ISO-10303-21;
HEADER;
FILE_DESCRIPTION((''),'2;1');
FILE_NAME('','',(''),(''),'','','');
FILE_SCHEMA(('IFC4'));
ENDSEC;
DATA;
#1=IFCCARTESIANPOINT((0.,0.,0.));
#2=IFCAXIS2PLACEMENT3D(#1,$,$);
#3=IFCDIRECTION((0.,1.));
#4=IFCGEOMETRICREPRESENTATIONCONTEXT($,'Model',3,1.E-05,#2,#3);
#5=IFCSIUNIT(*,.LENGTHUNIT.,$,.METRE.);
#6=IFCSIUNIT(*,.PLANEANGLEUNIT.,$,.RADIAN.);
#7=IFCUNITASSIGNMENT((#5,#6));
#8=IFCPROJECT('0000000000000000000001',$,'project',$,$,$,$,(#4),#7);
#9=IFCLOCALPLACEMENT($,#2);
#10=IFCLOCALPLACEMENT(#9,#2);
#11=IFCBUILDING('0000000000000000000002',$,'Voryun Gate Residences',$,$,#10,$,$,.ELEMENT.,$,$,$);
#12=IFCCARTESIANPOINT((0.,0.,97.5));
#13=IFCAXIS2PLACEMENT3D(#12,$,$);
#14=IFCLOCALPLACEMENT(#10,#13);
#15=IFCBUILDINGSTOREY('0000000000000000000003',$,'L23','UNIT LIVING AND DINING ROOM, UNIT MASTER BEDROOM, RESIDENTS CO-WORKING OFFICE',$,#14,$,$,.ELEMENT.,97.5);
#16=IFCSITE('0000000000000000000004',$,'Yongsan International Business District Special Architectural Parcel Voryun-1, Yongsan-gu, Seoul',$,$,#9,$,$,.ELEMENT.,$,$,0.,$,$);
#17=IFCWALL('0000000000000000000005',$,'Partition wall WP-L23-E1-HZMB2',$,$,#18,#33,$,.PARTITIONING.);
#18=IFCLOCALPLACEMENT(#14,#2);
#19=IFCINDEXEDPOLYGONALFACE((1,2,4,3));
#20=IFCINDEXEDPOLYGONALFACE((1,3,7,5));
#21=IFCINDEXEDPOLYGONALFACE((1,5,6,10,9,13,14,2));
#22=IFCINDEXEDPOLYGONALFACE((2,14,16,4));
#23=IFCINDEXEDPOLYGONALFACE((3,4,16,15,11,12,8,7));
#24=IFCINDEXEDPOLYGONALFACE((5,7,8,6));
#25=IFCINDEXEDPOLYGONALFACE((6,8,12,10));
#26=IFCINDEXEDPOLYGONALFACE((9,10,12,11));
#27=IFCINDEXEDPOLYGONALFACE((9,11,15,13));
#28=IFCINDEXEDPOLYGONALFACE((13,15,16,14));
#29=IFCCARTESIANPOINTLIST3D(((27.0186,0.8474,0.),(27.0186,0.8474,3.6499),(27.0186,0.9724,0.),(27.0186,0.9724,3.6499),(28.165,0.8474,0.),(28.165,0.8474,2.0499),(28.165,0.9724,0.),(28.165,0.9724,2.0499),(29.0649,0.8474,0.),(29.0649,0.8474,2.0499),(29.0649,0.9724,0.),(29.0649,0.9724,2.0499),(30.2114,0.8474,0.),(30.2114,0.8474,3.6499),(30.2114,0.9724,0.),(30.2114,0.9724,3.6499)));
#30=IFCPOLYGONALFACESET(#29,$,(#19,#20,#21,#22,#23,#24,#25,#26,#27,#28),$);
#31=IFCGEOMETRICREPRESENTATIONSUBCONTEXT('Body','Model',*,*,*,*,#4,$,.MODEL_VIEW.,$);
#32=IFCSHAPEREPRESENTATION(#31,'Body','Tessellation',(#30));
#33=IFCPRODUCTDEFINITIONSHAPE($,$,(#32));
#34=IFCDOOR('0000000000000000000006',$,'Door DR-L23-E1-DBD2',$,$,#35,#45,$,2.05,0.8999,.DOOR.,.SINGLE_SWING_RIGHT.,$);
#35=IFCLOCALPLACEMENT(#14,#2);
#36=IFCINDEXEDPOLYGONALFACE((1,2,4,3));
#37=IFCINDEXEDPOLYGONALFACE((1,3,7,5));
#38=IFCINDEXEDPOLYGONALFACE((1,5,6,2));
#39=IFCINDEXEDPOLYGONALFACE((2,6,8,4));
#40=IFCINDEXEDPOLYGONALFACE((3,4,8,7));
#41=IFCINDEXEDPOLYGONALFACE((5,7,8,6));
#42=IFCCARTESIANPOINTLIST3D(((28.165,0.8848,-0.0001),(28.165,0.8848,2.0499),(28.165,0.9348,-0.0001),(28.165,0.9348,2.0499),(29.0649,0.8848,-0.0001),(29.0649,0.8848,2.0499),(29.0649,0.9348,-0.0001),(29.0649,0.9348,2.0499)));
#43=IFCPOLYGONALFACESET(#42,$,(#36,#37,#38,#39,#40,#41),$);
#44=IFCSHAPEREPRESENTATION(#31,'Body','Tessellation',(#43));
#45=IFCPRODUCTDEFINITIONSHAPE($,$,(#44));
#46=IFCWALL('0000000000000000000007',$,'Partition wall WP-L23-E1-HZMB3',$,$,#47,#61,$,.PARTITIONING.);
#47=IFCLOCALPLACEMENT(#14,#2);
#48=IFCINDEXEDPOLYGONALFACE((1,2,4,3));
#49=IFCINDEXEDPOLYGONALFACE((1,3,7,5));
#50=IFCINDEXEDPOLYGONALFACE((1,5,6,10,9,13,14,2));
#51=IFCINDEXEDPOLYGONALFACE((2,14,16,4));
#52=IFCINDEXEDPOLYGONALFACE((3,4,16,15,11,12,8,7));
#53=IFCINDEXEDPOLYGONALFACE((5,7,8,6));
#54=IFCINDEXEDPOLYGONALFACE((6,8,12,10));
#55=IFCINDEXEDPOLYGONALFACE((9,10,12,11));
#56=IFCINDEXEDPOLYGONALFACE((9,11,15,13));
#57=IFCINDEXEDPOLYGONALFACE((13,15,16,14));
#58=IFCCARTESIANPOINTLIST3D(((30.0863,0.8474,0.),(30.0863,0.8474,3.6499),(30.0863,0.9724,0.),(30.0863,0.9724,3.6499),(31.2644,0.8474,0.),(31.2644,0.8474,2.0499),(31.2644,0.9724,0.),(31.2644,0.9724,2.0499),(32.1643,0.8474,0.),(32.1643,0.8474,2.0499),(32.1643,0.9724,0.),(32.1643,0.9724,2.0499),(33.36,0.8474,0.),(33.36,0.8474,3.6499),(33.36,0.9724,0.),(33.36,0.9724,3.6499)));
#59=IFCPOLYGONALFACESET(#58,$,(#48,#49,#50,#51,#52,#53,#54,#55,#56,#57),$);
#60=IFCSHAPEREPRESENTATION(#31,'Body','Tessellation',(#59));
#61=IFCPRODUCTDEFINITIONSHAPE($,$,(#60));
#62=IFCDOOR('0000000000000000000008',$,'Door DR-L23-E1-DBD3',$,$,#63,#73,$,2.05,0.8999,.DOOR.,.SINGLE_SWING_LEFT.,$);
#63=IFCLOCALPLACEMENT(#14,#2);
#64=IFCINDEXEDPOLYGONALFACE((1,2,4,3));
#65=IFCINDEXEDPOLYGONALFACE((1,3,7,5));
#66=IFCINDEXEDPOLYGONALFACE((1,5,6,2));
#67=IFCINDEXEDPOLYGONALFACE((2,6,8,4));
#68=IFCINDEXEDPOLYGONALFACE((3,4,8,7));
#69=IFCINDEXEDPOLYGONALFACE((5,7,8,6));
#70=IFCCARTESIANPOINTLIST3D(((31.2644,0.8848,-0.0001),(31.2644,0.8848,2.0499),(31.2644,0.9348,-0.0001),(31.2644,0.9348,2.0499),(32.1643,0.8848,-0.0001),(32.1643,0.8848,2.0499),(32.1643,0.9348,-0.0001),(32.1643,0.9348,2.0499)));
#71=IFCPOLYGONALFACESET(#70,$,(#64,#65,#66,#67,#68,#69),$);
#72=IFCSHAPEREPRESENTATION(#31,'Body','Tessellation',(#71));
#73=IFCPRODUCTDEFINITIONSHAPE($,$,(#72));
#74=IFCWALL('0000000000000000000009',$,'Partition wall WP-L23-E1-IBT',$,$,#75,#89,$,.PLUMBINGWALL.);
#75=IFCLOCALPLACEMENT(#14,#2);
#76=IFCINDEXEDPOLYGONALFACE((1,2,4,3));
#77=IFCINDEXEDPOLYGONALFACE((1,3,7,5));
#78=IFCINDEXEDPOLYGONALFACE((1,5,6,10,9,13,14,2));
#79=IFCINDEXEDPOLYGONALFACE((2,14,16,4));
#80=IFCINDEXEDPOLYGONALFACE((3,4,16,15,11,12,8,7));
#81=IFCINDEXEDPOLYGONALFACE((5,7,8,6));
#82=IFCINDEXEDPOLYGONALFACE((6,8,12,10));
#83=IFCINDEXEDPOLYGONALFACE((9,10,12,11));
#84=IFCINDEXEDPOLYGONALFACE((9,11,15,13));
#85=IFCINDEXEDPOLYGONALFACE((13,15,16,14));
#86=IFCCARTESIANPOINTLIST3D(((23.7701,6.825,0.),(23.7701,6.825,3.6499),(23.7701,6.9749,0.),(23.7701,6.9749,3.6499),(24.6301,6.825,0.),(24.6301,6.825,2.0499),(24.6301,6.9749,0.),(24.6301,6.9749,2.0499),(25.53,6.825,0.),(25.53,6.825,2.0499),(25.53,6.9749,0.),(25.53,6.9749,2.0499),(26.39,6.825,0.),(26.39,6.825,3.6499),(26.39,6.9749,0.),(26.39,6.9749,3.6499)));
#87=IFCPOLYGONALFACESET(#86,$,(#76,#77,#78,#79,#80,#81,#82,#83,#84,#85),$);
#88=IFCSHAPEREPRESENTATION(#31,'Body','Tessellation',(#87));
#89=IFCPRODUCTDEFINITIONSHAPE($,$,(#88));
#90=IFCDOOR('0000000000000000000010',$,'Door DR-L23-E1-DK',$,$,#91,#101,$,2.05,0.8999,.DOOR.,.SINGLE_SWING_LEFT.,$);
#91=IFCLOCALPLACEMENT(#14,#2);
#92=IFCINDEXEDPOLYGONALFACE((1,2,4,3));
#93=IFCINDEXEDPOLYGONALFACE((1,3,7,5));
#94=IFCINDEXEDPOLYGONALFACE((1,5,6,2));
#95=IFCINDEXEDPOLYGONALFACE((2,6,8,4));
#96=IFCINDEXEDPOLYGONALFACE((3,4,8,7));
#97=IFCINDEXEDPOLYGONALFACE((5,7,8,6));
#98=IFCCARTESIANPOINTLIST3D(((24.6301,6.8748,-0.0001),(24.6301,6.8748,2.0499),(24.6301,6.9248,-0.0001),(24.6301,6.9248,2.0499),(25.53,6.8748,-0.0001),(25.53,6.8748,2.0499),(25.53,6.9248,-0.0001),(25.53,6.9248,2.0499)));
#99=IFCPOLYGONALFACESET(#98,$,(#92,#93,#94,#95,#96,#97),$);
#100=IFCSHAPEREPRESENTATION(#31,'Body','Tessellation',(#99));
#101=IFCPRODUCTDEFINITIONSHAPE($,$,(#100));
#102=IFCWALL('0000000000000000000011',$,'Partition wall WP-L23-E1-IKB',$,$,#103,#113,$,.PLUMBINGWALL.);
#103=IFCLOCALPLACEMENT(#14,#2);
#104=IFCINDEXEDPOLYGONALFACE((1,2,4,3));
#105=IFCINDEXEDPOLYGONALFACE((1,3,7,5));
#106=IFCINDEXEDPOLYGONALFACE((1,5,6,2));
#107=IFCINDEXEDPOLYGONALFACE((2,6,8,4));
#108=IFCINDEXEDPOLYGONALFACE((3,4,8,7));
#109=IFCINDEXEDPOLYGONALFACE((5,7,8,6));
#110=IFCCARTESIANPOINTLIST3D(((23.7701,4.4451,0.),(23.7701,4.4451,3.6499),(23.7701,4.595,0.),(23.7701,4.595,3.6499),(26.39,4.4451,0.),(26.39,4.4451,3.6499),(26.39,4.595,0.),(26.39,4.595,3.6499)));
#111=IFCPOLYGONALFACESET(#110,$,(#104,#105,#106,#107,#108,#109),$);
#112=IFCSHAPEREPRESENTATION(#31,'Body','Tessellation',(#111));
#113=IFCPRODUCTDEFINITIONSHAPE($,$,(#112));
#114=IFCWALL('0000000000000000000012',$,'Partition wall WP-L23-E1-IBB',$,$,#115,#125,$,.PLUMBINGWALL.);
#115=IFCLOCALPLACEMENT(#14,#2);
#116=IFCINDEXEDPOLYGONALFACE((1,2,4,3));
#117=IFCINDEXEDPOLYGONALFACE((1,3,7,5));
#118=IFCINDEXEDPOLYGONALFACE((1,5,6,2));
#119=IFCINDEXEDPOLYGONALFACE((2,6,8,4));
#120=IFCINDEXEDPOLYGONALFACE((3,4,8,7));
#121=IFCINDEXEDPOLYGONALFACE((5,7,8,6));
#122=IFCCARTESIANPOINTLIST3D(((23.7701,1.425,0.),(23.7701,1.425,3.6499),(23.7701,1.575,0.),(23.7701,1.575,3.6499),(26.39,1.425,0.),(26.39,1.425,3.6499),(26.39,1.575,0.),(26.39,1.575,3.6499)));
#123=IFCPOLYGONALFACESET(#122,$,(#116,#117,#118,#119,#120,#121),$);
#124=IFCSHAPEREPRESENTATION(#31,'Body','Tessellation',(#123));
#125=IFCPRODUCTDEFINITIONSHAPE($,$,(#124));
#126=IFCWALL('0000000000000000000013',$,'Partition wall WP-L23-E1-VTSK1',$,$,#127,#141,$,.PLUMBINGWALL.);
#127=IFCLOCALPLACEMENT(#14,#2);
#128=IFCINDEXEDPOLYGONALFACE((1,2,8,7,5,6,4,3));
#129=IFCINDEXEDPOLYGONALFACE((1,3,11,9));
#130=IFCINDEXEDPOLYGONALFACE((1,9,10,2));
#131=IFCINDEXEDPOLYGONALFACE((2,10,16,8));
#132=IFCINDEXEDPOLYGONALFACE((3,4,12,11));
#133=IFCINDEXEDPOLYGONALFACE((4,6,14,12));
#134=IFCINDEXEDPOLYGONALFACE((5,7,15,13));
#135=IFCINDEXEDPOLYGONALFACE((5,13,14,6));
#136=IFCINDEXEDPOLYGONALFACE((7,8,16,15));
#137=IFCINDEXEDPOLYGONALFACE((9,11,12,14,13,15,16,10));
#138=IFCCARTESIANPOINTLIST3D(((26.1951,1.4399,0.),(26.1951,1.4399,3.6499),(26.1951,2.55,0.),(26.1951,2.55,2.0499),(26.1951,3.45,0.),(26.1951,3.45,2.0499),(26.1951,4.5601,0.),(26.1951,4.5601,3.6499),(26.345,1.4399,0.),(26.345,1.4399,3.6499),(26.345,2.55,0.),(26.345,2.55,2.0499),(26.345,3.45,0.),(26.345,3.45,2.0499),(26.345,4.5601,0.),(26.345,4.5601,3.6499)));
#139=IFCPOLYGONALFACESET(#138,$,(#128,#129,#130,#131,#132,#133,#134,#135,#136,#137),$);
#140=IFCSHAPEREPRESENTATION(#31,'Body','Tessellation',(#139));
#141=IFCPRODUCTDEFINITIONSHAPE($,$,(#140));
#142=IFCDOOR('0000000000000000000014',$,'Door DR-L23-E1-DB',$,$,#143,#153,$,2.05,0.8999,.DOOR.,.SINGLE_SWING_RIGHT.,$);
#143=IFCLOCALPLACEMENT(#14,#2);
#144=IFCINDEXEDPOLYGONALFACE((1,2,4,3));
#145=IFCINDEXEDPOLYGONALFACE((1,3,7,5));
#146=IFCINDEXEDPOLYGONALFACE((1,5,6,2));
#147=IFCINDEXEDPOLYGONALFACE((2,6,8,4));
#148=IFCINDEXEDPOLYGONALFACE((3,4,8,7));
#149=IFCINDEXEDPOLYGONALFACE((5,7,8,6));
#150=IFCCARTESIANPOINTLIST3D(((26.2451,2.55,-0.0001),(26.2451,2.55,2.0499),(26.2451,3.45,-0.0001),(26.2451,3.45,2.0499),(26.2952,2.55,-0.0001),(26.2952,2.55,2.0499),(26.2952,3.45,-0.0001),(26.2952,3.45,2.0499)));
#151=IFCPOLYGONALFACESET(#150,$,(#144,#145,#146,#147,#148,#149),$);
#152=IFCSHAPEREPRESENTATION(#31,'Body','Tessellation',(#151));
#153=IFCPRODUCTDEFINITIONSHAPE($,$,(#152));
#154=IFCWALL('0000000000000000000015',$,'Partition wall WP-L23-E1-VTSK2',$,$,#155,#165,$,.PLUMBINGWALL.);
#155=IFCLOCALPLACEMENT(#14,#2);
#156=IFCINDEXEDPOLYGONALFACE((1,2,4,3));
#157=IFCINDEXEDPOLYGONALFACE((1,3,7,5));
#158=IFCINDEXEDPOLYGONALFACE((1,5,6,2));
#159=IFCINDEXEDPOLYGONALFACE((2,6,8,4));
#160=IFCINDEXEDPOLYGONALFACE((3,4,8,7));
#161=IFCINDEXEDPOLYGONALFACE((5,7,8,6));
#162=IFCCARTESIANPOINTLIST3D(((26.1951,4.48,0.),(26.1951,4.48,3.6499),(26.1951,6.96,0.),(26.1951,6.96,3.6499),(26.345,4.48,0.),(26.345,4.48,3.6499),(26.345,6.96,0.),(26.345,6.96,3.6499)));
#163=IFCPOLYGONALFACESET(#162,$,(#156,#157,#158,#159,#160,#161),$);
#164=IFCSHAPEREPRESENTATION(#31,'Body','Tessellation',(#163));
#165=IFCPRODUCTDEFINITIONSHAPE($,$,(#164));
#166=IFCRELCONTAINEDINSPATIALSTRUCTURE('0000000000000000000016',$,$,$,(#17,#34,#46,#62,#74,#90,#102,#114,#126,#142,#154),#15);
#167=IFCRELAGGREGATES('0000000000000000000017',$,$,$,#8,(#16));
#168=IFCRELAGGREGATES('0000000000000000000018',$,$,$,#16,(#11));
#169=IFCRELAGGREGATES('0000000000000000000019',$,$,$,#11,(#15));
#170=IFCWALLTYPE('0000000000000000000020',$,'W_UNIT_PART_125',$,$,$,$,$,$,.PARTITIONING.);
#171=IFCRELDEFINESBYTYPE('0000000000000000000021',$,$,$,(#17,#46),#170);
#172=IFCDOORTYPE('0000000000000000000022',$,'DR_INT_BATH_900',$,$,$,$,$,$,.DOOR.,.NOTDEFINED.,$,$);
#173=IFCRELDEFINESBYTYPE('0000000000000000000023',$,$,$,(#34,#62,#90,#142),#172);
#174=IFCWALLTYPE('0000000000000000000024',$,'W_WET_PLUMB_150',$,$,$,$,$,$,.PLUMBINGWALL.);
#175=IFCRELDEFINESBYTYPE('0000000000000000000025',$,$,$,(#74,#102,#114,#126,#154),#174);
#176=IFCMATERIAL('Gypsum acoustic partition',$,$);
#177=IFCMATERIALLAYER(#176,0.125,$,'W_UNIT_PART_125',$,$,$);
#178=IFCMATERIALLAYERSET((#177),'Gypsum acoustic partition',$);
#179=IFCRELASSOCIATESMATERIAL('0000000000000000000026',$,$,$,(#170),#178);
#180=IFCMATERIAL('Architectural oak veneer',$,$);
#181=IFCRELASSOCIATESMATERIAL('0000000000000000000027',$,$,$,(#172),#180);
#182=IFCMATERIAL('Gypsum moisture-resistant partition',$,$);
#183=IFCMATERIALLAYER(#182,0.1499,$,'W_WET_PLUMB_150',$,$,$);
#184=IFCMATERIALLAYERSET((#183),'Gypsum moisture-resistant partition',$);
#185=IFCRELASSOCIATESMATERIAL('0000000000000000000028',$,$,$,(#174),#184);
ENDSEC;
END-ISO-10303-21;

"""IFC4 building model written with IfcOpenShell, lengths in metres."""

from ifc_helpers import new_model, si_unit, direction, frame, frame_2d, origin, place, context, subcontext, project, spatial, rectangle, extrude, material, layer, layer_set, type_object, element, fill, save


model = new_model("IFC4")

# Units and contexts
model_context = context("Model", 3, precision=1e-05, world=origin(), true_north=direction((0.0, 1.0)))
body_context = subcontext(model_context, "Body", "Model", "MODEL_VIEW")
ifc_project = project(units=[si_unit("LENGTHUNIT", "METRE"), si_unit("PLANEANGLEUNIT", "RADIAN")], contexts=[model_context])

# Site, building, storey
site_placement = place(None, origin())
site = spatial("IfcSite", under=ifc_project, at=site_placement, Name="Yongsan International Business District Special Architectural Parcel Voryun-1, Yongsan-gu, Seoul", CompositionType="ELEMENT", RefElevation=0.0)
building_placement = place(site_placement, origin())
building = spatial("IfcBuilding", under=site, at=building_placement, Name="Voryun Gate Residences", CompositionType="ELEMENT")
storey_placement = place(building_placement, frame((0.0, 0.0, 97.5)))
storey = spatial("IfcBuildingStorey", under=building, at=storey_placement, Name="L23", Description="UNIT LIVING AND DINING ROOM, UNIT MASTER BEDROOM, RESIDENTS CO-WORKING OFFICE", CompositionType="ELEMENT", Elevation=97.5)

# Walls, openings, doors
ifc_material_1 = material(Name="Gypsum acoustic partition")
ifc_layer_1 = layer(ifc_material_1, 0.125, Name="W_UNIT_PART_125")
ifc_layer_set_1 = layer_set([ifc_layer_1], Name="Gypsum acoustic partition")
wall_type_1 = type_object("IfcWallType", Name="W_UNIT_PART_125", PredefinedType="PARTITIONING", material=ifc_layer_set_1)
ifc_material_2 = material(Name="Architectural oak veneer")
door_type_1 = type_object("IfcDoorType", Name="DR_INT_BATH_900", OperationType="NOTDEFINED", PredefinedType="DOOR", material=ifc_material_2)
wall_1_placement = place(storey_placement, frame((27.0186, 0.9099, 0.0), z_axis=(0.0, 0.0, 1.0), x_axis=(1.0, 0.0, 0.0)))
wall_1 = element("IfcWall", 1, at=wall_1_placement, inside=storey, type_object=wall_type_1, Name="Partition wall WP-L23-E1-HZMB2", PredefinedType="PARTITIONING", context=body_context, shape_type="SweptSolid", body=[
    extrude(rectangle(XDim=3.1929, YDim=0.125, at=frame_2d((1.5964, 0.0))), origin(), (0.0, 0.0, 1.0), 3.6499),
])
opening_1_placement = place(wall_1_placement, frame((1.1465, 0.0, 0.0)))
opening_1 = element("IfcOpeningElement", 2, at=opening_1_placement, cuts=wall_1, PredefinedType="OPENING", context=body_context, shape_type="SweptSolid", body=[
    extrude(rectangle(XDim=0.8999, YDim=2.05, at=frame_2d((0.45, 1.0249))), frame((0.0, 0.0725, 0.0), z_axis=(0.0, -1.0, 0.0), x_axis=(1.0, 0.0, 0.0)), (0.0, 0.0, 1.0), 0.145),
])
door_1_placement = place(opening_1_placement, origin())
door_1 = element("IfcDoor", 3, at=door_1_placement, inside=storey, type_object=door_type_1, Name="Door DR-L23-E1-DBD2", OperationType="SINGLE_SWING_RIGHT", OverallHeight=2.05, OverallWidth=0.8999, PredefinedType="DOOR", context=body_context, shape_type="SweptSolid", body=[
    extrude(rectangle(XDim=0.8999, YDim=2.05, at=frame_2d((0.45, 1.0249))), frame((0.0, 0.0249, 0.0), z_axis=(0.0, -1.0, 0.0), x_axis=(1.0, 0.0, 0.0)), (0.0, 0.0, 1.0), 0.05),
])
fill(opening_1, door_1)
wall_2_placement = place(storey_placement, frame((30.0864, 0.9099, 0.0), z_axis=(0.0, 0.0, 1.0), x_axis=(1.0, 0.0, 0.0)))
wall_2 = element("IfcWall", 4, at=wall_2_placement, inside=storey, type_object=wall_type_1, Name="Partition wall WP-L23-E1-HZMB3", PredefinedType="PARTITIONING", context=body_context, shape_type="SweptSolid", body=[
    extrude(rectangle(XDim=3.2737, YDim=0.125, at=frame_2d((1.6367, 0.0))), origin(), (0.0, 0.0, 1.0), 3.6499),
])
opening_2_placement = place(wall_2_placement, frame((1.178, 0.0, 0.0)))
opening_2 = element("IfcOpeningElement", 5, at=opening_2_placement, cuts=wall_2, PredefinedType="OPENING", context=body_context, shape_type="SweptSolid", body=[
    extrude(rectangle(XDim=0.8999, YDim=2.05, at=frame_2d((0.45, 1.0249))), frame((0.0, 0.0725, 0.0), z_axis=(0.0, -1.0, 0.0), x_axis=(1.0, 0.0, 0.0)), (0.0, 0.0, 1.0), 0.145),
])
door_2_placement = place(opening_2_placement, origin())
door_2 = element("IfcDoor", 6, at=door_2_placement, inside=storey, type_object=door_type_1, Name="Door DR-L23-E1-DBD3", OperationType="SINGLE_SWING_LEFT", OverallHeight=2.05, OverallWidth=0.8999, PredefinedType="DOOR", context=body_context, shape_type="SweptSolid", body=[
    extrude(rectangle(XDim=0.8999, YDim=2.05, at=frame_2d((0.45, 1.0249))), frame((0.0, 0.0249, 0.0), z_axis=(0.0, -1.0, 0.0), x_axis=(1.0, 0.0, 0.0)), (0.0, 0.0, 1.0), 0.05),
])
fill(opening_2, door_2)
ifc_material_3 = material(Name="Gypsum moisture-resistant partition")
ifc_layer_2 = layer(ifc_material_3, 0.1499, Name="W_WET_PLUMB_150")
ifc_layer_set_2 = layer_set([ifc_layer_2], Name="Gypsum moisture-resistant partition")
wall_type_2 = type_object("IfcWallType", Name="W_WET_PLUMB_150", PredefinedType="PLUMBINGWALL", material=ifc_layer_set_2)
wall_3_placement = place(storey_placement, frame((23.77, 6.8999, 0.0), z_axis=(0.0, 0.0, 1.0), x_axis=(1.0, 0.0, 0.0)))
wall_3 = element("IfcWall", 7, at=wall_3_placement, inside=storey, type_object=wall_type_2, Name="Partition wall WP-L23-E1-IBT", PredefinedType="PLUMBINGWALL", context=body_context, shape_type="SweptSolid", body=[
    extrude(rectangle(XDim=2.6199, YDim=0.1499, at=frame_2d((1.3101, 0.0))), origin(), (0.0, 0.0, 1.0), 3.6499),
])
opening_3_placement = place(wall_3_placement, frame((0.8601, 0.0, 0.0)))
opening_3 = element("IfcOpeningElement", 8, at=opening_3_placement, cuts=wall_3, PredefinedType="OPENING", context=body_context, shape_type="SweptSolid", body=[
    extrude(rectangle(XDim=0.8999, YDim=2.05, at=frame_2d((0.45, 1.0249))), frame((0.0, 0.085, 0.0), z_axis=(0.0, -1.0, 0.0), x_axis=(1.0, 0.0, 0.0)), (0.0, 0.0, 1.0), 0.1699),
])
door_3_placement = place(opening_3_placement, origin())
door_3 = element("IfcDoor", 9, at=door_3_placement, inside=storey, type_object=door_type_1, Name="Door DR-L23-E1-DK", OperationType="SINGLE_SWING_LEFT", OverallHeight=2.05, OverallWidth=0.8999, PredefinedType="DOOR", context=body_context, shape_type="SweptSolid", body=[
    extrude(rectangle(XDim=0.8999, YDim=2.05, at=frame_2d((0.45, 1.0249))), frame((0.0, 0.0249, 0.0), z_axis=(0.0, -1.0, 0.0), x_axis=(1.0, 0.0, 0.0)), (0.0, 0.0, 1.0), 0.05),
])
fill(opening_3, door_3)

# Walls
for number, where, z_axis, x_axis, name in (
    (10, (23.77, 4.52, 0.0), (0.0, 0.0, 1.0), (1.0, 0.0, 0.0), "Partition wall WP-L23-E1-IKB"),
    (11, (23.77, 1.5, 0.0), (0.0, 0.0, 1.0), (1.0, 0.0, 0.0), "Partition wall WP-L23-E1-IBB"),
):
    element("IfcWall", number, at=place(storey_placement, frame(where, z_axis=z_axis, x_axis=x_axis)), inside=storey, type_object=wall_type_2, Name=name, PredefinedType="PLUMBINGWALL", context=body_context, shape_type="SweptSolid", body=[
        extrude(rectangle(XDim=2.6199, YDim=0.1499, at=frame_2d((1.3101, 0.0))), origin(), (0.0, 0.0, 1.0), 3.6499),
    ])

# Wall, opening, door
wall_4_placement = place(storey_placement, frame((26.27, 1.4399, 0.0), z_axis=(0.0, 0.0, 1.0), x_axis=(0.0, 1.0, 0.0)))
wall_4 = element("IfcWall", 12, at=wall_4_placement, inside=storey, type_object=wall_type_2, Name="Partition wall WP-L23-E1-VTSK1", PredefinedType="PLUMBINGWALL", context=body_context, shape_type="SweptSolid", body=[
    extrude(rectangle(XDim=3.1201, YDim=0.1499, at=frame_2d((1.5601, 0.0))), origin(), (0.0, 0.0, 1.0), 3.6499),
])
opening_4_placement = place(wall_4_placement, frame((1.1101, 0.0, 0.0)))
opening_4 = element("IfcOpeningElement", 13, at=opening_4_placement, cuts=wall_4, PredefinedType="OPENING", context=body_context, shape_type="SweptSolid", body=[
    extrude(rectangle(XDim=0.8999, YDim=2.05, at=frame_2d((0.45, 1.0249))), frame((0.0, 0.085, 0.0), z_axis=(0.0, -1.0, 0.0), x_axis=(1.0, 0.0, 0.0)), (0.0, 0.0, 1.0), 0.1699),
])
door_4_placement = place(opening_4_placement, origin())
door_4 = element("IfcDoor", 14, at=door_4_placement, inside=storey, type_object=door_type_1, Name="Door DR-L23-E1-DB", OperationType="SINGLE_SWING_RIGHT", OverallHeight=2.05, OverallWidth=0.8999, PredefinedType="DOOR", context=body_context, shape_type="SweptSolid", body=[
    extrude(rectangle(XDim=0.8999, YDim=2.05, at=frame_2d((0.45, 1.0249))), frame((0.0, 0.0249, 0.0), z_axis=(0.0, -1.0, 0.0), x_axis=(1.0, 0.0, 0.0)), (0.0, 0.0, 1.0), 0.05),
])
fill(opening_4, door_4)

# Wall
wall_5_placement = place(storey_placement, frame((26.27, 4.48, 0.0), z_axis=(0.0, 0.0, 1.0), x_axis=(0.0, 1.0, 0.0)))
element("IfcWall", 15, at=wall_5_placement, inside=storey, type_object=wall_type_2, Name="Partition wall WP-L23-E1-VTSK2", PredefinedType="PLUMBINGWALL", context=body_context, shape_type="SweptSolid", body=[
    extrude(rectangle(XDim=2.48, YDim=0.1499, at=frame_2d((1.24, 0.0))), origin(), (0.0, 0.0, 1.0), 3.6499),
])

save(model, "model.ifc")
